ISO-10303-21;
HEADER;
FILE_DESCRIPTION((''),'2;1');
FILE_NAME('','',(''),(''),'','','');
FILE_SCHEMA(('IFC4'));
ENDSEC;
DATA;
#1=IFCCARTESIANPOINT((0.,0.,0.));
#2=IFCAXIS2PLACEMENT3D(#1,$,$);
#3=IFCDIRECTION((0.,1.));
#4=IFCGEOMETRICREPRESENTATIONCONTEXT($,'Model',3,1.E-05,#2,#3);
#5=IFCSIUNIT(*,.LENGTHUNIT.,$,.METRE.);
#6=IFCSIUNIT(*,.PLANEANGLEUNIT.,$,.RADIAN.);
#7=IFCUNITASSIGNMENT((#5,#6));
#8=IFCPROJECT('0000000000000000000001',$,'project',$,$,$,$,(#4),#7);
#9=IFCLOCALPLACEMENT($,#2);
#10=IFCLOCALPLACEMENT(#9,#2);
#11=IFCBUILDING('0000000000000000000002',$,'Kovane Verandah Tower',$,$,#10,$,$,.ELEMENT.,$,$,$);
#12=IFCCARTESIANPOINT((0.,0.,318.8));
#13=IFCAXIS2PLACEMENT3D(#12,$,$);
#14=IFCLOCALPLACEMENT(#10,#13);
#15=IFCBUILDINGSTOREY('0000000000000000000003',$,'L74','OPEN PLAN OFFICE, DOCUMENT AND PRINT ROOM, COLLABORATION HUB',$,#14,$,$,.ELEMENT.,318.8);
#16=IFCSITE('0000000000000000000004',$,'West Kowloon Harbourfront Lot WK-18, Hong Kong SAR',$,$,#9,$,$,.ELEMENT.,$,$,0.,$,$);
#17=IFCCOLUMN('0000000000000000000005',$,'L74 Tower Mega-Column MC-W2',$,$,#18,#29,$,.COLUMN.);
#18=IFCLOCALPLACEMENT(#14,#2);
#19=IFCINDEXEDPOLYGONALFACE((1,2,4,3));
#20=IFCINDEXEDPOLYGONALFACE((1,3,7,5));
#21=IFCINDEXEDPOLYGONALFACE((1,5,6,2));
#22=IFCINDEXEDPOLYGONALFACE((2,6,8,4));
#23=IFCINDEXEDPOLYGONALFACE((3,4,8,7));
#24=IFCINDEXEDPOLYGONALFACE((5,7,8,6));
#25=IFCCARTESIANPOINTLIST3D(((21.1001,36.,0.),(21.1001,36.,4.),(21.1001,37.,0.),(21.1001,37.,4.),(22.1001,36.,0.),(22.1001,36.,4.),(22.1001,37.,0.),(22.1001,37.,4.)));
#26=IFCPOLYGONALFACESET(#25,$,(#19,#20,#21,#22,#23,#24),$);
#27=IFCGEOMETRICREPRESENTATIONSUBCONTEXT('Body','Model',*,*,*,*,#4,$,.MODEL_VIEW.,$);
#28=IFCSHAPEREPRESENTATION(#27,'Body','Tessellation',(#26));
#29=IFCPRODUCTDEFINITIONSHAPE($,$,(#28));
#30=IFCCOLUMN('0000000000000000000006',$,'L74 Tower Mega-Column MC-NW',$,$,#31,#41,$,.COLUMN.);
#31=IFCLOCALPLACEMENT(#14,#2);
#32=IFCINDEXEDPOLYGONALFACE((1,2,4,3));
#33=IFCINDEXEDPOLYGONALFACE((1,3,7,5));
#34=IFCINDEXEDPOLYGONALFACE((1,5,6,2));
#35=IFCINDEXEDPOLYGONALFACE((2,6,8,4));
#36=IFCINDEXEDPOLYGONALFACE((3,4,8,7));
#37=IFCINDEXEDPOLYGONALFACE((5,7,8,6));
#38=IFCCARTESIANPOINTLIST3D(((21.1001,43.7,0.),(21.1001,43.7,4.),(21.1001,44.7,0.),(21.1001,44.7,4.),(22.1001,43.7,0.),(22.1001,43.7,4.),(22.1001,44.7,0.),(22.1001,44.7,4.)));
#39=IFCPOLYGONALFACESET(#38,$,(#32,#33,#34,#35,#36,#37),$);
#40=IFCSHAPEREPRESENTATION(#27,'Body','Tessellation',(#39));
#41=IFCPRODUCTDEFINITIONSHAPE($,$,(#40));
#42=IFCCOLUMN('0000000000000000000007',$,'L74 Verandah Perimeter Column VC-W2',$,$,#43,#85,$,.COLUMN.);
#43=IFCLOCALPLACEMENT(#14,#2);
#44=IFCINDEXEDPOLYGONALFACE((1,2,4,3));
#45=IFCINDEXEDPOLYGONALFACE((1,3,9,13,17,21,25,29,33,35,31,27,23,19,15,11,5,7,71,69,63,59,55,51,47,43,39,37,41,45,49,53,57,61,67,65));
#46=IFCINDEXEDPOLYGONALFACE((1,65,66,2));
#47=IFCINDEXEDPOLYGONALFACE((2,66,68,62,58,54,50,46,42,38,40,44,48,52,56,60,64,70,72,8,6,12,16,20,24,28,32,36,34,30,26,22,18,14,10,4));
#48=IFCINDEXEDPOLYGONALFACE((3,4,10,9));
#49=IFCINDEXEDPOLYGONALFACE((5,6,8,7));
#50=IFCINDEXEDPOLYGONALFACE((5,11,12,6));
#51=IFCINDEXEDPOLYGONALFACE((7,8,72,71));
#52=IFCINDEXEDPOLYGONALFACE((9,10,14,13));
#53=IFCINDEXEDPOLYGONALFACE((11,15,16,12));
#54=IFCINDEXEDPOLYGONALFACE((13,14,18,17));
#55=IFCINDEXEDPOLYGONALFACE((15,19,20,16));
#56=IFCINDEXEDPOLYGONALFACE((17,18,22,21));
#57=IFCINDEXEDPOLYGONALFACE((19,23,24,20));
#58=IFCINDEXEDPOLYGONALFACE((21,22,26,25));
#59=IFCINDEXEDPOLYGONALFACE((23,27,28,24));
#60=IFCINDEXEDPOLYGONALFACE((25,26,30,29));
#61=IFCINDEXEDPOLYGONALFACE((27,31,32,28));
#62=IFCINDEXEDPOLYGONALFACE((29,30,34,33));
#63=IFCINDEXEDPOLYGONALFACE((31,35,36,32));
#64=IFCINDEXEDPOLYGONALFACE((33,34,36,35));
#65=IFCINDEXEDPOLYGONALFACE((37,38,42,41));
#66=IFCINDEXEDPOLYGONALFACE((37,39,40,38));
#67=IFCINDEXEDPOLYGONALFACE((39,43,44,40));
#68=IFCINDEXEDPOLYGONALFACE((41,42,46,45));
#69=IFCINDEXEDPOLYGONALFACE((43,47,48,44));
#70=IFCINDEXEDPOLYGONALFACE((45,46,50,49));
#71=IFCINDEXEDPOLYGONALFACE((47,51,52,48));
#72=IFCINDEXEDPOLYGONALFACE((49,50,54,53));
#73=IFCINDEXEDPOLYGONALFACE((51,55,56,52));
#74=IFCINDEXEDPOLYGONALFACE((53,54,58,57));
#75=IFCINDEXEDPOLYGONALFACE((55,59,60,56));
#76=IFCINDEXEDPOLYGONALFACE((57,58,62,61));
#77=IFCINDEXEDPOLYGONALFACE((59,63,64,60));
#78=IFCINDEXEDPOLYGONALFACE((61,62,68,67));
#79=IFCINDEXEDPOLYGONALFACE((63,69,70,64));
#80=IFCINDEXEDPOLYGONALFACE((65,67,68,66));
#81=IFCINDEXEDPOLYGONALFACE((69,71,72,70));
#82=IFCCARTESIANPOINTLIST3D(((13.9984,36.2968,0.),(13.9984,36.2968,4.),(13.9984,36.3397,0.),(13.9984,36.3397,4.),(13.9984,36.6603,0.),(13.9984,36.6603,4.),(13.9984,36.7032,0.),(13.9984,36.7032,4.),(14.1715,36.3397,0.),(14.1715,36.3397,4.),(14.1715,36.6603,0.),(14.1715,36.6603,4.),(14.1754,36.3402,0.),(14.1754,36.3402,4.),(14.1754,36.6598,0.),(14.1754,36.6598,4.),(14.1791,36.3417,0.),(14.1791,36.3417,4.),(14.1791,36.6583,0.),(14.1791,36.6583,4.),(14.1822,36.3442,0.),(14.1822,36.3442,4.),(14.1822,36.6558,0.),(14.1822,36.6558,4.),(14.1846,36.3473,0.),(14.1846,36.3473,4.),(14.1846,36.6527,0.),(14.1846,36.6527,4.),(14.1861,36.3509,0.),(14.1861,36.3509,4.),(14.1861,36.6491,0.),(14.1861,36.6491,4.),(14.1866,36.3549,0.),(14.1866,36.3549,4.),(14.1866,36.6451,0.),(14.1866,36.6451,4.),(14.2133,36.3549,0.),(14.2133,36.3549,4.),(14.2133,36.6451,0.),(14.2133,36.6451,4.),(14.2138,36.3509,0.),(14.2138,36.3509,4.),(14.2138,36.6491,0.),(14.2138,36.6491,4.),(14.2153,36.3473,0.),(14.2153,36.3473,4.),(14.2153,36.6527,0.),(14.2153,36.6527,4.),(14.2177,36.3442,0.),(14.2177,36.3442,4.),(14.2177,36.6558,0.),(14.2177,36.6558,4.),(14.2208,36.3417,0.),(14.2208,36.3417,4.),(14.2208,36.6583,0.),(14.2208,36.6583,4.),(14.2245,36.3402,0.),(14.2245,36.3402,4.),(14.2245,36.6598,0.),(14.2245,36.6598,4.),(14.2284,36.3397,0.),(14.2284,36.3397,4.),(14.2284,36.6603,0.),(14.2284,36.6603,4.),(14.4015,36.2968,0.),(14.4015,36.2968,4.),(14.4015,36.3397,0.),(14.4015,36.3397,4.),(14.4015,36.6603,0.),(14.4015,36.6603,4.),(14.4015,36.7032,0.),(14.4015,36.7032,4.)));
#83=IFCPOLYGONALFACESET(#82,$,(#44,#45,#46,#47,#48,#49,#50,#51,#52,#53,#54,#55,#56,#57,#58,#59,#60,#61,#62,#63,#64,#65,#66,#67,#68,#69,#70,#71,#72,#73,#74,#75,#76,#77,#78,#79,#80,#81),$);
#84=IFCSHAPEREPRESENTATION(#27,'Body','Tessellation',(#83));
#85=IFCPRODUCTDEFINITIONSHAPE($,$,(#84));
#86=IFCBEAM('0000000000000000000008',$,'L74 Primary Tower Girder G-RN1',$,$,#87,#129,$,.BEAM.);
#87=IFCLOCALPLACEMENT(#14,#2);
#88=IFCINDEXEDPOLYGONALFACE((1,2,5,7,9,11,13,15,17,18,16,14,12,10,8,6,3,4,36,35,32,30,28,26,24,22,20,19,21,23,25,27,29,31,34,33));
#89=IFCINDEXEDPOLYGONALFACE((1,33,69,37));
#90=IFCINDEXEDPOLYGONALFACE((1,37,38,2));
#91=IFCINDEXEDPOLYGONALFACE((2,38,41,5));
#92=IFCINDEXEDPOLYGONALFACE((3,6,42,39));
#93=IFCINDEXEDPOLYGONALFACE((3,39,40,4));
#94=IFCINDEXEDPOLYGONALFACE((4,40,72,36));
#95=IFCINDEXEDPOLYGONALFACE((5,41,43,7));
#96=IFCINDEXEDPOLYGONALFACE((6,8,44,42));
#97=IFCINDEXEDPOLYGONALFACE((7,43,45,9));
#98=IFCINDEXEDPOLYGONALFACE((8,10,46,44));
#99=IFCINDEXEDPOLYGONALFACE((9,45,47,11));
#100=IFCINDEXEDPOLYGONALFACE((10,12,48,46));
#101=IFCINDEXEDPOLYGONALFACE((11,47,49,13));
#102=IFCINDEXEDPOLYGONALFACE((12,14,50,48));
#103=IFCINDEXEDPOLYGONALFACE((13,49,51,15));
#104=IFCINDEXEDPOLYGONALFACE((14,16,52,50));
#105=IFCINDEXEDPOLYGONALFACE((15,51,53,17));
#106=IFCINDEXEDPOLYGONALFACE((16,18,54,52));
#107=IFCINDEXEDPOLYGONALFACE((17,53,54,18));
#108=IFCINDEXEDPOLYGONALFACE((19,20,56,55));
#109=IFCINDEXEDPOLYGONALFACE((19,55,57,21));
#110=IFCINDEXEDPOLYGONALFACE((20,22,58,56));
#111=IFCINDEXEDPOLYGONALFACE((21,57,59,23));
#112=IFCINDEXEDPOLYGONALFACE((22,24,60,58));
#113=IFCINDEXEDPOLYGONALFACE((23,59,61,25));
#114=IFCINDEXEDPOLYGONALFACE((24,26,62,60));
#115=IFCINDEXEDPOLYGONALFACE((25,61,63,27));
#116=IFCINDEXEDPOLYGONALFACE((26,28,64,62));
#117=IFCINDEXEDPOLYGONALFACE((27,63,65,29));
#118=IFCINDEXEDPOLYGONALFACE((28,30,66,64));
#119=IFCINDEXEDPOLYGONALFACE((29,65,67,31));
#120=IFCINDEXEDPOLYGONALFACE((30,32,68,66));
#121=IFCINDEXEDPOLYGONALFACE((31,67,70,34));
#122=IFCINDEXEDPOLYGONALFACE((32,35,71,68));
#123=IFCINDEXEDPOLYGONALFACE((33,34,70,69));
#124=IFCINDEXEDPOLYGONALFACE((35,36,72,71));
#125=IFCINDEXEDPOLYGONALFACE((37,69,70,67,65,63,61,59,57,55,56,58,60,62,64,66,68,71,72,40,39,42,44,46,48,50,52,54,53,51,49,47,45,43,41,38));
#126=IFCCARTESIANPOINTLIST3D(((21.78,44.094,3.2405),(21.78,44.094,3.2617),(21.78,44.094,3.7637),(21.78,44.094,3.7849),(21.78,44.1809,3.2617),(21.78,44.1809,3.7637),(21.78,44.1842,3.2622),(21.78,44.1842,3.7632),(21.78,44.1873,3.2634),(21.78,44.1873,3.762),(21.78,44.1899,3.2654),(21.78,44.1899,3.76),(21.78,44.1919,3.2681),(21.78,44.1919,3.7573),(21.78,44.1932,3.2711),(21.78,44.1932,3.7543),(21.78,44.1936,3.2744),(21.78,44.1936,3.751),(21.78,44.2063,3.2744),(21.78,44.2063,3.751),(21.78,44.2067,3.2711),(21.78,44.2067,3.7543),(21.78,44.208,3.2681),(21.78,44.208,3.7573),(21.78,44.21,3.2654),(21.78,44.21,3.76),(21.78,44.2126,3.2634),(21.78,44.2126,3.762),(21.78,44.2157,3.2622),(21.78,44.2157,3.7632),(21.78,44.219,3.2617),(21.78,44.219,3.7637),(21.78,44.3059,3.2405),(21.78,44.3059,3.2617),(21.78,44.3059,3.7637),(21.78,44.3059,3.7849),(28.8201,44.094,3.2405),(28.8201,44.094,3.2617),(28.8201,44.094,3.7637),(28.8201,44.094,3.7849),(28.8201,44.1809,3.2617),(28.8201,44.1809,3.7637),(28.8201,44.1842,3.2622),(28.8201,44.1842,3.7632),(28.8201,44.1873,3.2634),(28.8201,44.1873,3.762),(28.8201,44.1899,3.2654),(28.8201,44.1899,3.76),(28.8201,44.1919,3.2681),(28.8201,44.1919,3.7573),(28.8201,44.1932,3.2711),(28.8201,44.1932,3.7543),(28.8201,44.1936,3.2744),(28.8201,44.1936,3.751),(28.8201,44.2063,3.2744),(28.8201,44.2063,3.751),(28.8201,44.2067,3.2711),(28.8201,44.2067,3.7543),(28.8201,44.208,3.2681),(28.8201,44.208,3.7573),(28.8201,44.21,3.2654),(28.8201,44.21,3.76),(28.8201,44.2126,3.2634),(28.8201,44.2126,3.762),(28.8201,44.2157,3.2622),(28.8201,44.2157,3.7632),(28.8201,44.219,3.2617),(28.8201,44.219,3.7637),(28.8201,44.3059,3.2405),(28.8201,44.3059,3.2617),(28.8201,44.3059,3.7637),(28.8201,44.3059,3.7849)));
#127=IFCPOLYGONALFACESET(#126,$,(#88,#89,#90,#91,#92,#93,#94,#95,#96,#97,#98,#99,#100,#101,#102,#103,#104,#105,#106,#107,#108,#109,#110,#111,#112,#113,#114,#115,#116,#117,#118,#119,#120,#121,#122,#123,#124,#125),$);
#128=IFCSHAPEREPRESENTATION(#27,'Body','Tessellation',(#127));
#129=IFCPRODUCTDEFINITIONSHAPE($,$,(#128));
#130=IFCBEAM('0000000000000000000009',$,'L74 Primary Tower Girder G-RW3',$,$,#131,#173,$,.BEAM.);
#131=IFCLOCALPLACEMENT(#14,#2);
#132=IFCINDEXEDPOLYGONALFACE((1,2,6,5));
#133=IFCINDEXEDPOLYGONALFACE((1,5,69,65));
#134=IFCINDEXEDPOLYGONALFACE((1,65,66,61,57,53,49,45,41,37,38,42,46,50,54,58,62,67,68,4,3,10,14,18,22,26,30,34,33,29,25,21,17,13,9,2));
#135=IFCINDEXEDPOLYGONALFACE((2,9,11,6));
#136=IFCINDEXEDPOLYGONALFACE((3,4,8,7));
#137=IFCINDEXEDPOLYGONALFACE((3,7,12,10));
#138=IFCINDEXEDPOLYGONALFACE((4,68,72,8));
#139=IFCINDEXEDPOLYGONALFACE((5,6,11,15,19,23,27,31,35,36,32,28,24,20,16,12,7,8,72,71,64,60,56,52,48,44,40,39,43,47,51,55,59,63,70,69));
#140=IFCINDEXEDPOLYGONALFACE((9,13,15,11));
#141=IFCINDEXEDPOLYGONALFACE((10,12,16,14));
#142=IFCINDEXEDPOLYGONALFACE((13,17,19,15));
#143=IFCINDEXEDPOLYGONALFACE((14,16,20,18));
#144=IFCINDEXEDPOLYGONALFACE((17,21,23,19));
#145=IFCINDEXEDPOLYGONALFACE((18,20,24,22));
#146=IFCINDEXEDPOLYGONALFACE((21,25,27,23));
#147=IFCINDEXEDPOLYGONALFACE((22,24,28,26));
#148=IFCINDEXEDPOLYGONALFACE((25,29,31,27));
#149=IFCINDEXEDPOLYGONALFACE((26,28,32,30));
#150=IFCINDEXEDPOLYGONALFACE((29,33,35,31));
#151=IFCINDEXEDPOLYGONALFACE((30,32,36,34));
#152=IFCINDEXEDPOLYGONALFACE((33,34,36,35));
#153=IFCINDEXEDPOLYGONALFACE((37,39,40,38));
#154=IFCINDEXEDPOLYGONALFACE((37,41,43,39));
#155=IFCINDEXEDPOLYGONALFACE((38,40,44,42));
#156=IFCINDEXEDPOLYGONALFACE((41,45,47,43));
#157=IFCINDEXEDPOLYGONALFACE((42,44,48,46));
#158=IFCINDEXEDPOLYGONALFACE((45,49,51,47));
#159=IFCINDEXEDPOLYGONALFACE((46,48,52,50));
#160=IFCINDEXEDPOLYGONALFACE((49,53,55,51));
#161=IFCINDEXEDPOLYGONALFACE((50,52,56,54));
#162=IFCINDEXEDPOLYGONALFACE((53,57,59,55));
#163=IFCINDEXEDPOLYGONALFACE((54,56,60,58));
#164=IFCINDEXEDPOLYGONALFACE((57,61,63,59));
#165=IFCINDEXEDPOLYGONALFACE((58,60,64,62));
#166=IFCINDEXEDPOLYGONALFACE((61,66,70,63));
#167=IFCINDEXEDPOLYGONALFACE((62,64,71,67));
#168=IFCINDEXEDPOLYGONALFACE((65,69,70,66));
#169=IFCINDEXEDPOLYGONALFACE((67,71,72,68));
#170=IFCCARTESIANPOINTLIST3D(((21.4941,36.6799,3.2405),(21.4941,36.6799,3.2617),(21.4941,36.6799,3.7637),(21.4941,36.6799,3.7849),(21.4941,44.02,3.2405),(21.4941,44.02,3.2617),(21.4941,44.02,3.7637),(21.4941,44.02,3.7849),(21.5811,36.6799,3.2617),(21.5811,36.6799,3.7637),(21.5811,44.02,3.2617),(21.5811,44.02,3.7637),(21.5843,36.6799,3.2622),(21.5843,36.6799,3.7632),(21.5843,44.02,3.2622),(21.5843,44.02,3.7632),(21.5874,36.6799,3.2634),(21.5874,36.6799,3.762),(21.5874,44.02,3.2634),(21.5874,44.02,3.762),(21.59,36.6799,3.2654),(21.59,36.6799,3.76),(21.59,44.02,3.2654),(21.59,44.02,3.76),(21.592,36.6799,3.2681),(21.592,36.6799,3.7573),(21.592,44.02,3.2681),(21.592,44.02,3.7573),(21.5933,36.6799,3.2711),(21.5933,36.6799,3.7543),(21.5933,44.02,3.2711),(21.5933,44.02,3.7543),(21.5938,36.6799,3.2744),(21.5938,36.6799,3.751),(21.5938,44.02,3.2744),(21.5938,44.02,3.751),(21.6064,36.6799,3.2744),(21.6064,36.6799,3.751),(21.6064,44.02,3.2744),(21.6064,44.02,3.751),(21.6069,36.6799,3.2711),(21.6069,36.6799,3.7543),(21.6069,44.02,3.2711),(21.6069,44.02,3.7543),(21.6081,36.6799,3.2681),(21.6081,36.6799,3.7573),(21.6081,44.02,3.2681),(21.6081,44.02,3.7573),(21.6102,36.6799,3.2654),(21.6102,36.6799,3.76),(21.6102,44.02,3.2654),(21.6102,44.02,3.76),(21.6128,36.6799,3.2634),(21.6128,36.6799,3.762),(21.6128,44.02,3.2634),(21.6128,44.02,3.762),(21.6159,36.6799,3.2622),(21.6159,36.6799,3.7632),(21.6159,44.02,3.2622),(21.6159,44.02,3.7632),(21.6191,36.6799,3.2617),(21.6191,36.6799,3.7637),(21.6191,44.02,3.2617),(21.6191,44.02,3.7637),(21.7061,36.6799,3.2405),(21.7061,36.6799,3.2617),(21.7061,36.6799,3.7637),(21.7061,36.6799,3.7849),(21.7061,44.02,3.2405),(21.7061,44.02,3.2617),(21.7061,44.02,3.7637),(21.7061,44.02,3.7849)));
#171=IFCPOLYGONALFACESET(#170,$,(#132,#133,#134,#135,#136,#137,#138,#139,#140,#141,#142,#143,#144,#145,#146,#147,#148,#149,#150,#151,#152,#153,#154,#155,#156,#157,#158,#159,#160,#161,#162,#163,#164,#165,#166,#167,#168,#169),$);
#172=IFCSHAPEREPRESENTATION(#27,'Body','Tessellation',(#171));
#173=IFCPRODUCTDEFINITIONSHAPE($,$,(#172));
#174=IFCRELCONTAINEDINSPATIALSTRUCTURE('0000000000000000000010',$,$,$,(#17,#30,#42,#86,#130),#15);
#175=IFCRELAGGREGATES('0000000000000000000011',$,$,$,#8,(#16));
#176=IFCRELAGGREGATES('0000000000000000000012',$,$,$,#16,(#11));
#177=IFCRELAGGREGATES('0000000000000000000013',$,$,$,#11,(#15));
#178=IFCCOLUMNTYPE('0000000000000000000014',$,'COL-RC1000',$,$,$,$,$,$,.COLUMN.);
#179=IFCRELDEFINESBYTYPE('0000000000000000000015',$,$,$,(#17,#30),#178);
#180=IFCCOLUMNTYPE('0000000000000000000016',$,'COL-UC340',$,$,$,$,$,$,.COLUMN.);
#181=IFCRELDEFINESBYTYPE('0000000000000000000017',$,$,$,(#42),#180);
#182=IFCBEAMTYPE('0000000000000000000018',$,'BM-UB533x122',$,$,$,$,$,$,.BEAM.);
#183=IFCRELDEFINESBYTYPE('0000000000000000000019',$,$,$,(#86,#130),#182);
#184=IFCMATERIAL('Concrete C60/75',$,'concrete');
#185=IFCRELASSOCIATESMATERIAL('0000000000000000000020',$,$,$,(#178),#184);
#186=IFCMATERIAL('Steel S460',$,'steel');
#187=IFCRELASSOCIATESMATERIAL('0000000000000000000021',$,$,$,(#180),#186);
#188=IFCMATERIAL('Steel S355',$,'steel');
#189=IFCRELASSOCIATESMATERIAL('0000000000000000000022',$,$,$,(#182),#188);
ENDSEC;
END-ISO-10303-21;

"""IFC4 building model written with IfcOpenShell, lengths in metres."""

from ifc_helpers import new_model, si_unit, direction, frame, origin, origin_2d, place, context, subcontext, project, spatial, rectangle, i_section, extrude, material, material_profile, profile_set, type_object, element, save


model = new_model("IFC4")

# Units and contexts
model_context = context("Model", 3, precision=1e-05, world=origin(), true_north=direction((0.0, 1.0)))
body_context = subcontext(model_context, "Body", "Model", "MODEL_VIEW")
ifc_project = project(units=[si_unit("LENGTHUNIT", "METRE"), si_unit("PLANEANGLEUNIT", "RADIAN")], contexts=[model_context])

# Site, building, storey
site_placement = place(None, origin())
site = spatial("IfcSite", under=ifc_project, at=site_placement, Name="West Kowloon Harbourfront Lot WK-18, Hong Kong SAR", CompositionType="ELEMENT", RefElevation=0.0)
building_placement = place(site_placement, origin())
building = spatial("IfcBuilding", under=site, at=building_placement, Name="Kovane Verandah Tower", CompositionType="ELEMENT")
storey_placement = place(building_placement, frame((0.0, 0.0, 318.8)))
storey = spatial("IfcBuildingStorey", under=building, at=storey_placement, Name="L74", Description="OPEN PLAN OFFICE, DOCUMENT AND PRINT ROOM, COLLABORATION HUB", CompositionType="ELEMENT", Elevation=318.8)

# Columns
ifc_material_1 = material(Name="Concrete C60/75", Category="concrete")
ifc_material_profile_1 = material_profile(ifc_material_1, rectangle(XDim=1.0, YDim=1.0, at=origin_2d()), Name="RC1000x1000")
ifc_profile_set_1 = profile_set([ifc_material_profile_1], Name="Concrete C60/75")
column_type_1 = type_object("IfcColumnType", Name="COL-RC1000", PredefinedType="COLUMN", material=ifc_profile_set_1)
for number, where, z_axis, x_axis, name in (
    (1, (21.6001, 36.5, 0.0), (0.0, 0.0, 1.0), (1.0, 0.0, 0.0), "L74 Tower Mega-Column MC-W2"),
    (2, (21.6001, 44.2, 0.0), (0.0, 0.0, 1.0), (1.0, 0.0, 0.0), "L74 Tower Mega-Column MC-NW"),
):
    element("IfcColumn", number, at=place(storey_placement, frame(where, z_axis=z_axis, x_axis=x_axis)), inside=storey, type_object=column_type_1, Name=name, PredefinedType="COLUMN", context=body_context, shape_type="SweptSolid", body=[
        extrude(rectangle(XDim=1.0, YDim=1.0, at=origin_2d()), origin(), (0.0, 0.0, 1.0), 4.0),
    ])
ifc_material_2 = material(Name="Steel S460", Category="steel")
ifc_material_profile_2 = material_profile(ifc_material_2, i_section(OverallWidth=0.4031, OverallDepth=0.4065, WebThickness=0.0266, FlangeThickness=0.043, FilletRadius=0.0151, at=origin_2d()), Name="UC356x406x340")
ifc_profile_set_2 = profile_set([ifc_material_profile_2], Name="Steel S460")
column_type_2 = type_object("IfcColumnType", Name="COL-UC340", PredefinedType="COLUMN", material=ifc_profile_set_2)
column_placement = place(storey_placement, frame((14.2, 36.5, 0.0), z_axis=(0.0, 0.0, 1.0), x_axis=(1.0, 0.0, 0.0)))
element("IfcColumn", 3, at=column_placement, inside=storey, type_object=column_type_2, Name="L74 Verandah Perimeter Column VC-W2", PredefinedType="COLUMN", context=body_context, shape_type="SweptSolid", body=[
    extrude(i_section(OverallWidth=0.4031, OverallDepth=0.4065, WebThickness=0.0266, FlangeThickness=0.043, FilletRadius=0.0151, at=origin_2d()), origin(), (0.0, 0.0, 1.0), 4.0),
])

# Beams
ifc_material_3 = material(Name="Steel S355", Category="steel")
ifc_material_profile_3 = material_profile(ifc_material_3, i_section(OverallWidth=0.2119, OverallDepth=0.5444, WebThickness=0.0127, FlangeThickness=0.0212, FilletRadius=0.0127, at=origin_2d()), Name="UB533x210x122")
ifc_profile_set_3 = profile_set([ifc_material_profile_3], Name="Steel S355")
beam_type = type_object("IfcBeamType", Name="BM-UB533x122", PredefinedType="BEAM", material=ifc_profile_set_3)
beam_1_placement = place(storey_placement, frame((21.78, 44.2, 3.5127), z_axis=(1.0, 0.0, 0.0), x_axis=(0.0, 1.0, 0.0)))
element("IfcBeam", 4, at=beam_1_placement, inside=storey, type_object=beam_type, Name="L74 Primary Tower Girder G-RN1", PredefinedType="BEAM", context=body_context, shape_type="SweptSolid", body=[
    extrude(i_section(OverallWidth=0.2119, OverallDepth=0.5444, WebThickness=0.0127, FlangeThickness=0.0212, FilletRadius=0.0127, at=origin_2d()), origin(), (0.0, 0.0, 1.0), 7.04),
])
beam_2_placement = place(storey_placement, frame((21.6001, 36.6799, 3.5127), z_axis=(0.0, 1.0, 0.0), x_axis=(-1.0, 0.0, 0.0)))
element("IfcBeam", 5, at=beam_2_placement, inside=storey, type_object=beam_type, Name="L74 Primary Tower Girder G-RW3", PredefinedType="BEAM", context=body_context, shape_type="SweptSolid", body=[
    extrude(i_section(OverallWidth=0.2119, OverallDepth=0.5444, WebThickness=0.0127, FlangeThickness=0.0212, FilletRadius=0.0127, at=origin_2d()), origin(), (0.0, 0.0, 1.0), 7.3401),
])

save(model, "model.ifc")
